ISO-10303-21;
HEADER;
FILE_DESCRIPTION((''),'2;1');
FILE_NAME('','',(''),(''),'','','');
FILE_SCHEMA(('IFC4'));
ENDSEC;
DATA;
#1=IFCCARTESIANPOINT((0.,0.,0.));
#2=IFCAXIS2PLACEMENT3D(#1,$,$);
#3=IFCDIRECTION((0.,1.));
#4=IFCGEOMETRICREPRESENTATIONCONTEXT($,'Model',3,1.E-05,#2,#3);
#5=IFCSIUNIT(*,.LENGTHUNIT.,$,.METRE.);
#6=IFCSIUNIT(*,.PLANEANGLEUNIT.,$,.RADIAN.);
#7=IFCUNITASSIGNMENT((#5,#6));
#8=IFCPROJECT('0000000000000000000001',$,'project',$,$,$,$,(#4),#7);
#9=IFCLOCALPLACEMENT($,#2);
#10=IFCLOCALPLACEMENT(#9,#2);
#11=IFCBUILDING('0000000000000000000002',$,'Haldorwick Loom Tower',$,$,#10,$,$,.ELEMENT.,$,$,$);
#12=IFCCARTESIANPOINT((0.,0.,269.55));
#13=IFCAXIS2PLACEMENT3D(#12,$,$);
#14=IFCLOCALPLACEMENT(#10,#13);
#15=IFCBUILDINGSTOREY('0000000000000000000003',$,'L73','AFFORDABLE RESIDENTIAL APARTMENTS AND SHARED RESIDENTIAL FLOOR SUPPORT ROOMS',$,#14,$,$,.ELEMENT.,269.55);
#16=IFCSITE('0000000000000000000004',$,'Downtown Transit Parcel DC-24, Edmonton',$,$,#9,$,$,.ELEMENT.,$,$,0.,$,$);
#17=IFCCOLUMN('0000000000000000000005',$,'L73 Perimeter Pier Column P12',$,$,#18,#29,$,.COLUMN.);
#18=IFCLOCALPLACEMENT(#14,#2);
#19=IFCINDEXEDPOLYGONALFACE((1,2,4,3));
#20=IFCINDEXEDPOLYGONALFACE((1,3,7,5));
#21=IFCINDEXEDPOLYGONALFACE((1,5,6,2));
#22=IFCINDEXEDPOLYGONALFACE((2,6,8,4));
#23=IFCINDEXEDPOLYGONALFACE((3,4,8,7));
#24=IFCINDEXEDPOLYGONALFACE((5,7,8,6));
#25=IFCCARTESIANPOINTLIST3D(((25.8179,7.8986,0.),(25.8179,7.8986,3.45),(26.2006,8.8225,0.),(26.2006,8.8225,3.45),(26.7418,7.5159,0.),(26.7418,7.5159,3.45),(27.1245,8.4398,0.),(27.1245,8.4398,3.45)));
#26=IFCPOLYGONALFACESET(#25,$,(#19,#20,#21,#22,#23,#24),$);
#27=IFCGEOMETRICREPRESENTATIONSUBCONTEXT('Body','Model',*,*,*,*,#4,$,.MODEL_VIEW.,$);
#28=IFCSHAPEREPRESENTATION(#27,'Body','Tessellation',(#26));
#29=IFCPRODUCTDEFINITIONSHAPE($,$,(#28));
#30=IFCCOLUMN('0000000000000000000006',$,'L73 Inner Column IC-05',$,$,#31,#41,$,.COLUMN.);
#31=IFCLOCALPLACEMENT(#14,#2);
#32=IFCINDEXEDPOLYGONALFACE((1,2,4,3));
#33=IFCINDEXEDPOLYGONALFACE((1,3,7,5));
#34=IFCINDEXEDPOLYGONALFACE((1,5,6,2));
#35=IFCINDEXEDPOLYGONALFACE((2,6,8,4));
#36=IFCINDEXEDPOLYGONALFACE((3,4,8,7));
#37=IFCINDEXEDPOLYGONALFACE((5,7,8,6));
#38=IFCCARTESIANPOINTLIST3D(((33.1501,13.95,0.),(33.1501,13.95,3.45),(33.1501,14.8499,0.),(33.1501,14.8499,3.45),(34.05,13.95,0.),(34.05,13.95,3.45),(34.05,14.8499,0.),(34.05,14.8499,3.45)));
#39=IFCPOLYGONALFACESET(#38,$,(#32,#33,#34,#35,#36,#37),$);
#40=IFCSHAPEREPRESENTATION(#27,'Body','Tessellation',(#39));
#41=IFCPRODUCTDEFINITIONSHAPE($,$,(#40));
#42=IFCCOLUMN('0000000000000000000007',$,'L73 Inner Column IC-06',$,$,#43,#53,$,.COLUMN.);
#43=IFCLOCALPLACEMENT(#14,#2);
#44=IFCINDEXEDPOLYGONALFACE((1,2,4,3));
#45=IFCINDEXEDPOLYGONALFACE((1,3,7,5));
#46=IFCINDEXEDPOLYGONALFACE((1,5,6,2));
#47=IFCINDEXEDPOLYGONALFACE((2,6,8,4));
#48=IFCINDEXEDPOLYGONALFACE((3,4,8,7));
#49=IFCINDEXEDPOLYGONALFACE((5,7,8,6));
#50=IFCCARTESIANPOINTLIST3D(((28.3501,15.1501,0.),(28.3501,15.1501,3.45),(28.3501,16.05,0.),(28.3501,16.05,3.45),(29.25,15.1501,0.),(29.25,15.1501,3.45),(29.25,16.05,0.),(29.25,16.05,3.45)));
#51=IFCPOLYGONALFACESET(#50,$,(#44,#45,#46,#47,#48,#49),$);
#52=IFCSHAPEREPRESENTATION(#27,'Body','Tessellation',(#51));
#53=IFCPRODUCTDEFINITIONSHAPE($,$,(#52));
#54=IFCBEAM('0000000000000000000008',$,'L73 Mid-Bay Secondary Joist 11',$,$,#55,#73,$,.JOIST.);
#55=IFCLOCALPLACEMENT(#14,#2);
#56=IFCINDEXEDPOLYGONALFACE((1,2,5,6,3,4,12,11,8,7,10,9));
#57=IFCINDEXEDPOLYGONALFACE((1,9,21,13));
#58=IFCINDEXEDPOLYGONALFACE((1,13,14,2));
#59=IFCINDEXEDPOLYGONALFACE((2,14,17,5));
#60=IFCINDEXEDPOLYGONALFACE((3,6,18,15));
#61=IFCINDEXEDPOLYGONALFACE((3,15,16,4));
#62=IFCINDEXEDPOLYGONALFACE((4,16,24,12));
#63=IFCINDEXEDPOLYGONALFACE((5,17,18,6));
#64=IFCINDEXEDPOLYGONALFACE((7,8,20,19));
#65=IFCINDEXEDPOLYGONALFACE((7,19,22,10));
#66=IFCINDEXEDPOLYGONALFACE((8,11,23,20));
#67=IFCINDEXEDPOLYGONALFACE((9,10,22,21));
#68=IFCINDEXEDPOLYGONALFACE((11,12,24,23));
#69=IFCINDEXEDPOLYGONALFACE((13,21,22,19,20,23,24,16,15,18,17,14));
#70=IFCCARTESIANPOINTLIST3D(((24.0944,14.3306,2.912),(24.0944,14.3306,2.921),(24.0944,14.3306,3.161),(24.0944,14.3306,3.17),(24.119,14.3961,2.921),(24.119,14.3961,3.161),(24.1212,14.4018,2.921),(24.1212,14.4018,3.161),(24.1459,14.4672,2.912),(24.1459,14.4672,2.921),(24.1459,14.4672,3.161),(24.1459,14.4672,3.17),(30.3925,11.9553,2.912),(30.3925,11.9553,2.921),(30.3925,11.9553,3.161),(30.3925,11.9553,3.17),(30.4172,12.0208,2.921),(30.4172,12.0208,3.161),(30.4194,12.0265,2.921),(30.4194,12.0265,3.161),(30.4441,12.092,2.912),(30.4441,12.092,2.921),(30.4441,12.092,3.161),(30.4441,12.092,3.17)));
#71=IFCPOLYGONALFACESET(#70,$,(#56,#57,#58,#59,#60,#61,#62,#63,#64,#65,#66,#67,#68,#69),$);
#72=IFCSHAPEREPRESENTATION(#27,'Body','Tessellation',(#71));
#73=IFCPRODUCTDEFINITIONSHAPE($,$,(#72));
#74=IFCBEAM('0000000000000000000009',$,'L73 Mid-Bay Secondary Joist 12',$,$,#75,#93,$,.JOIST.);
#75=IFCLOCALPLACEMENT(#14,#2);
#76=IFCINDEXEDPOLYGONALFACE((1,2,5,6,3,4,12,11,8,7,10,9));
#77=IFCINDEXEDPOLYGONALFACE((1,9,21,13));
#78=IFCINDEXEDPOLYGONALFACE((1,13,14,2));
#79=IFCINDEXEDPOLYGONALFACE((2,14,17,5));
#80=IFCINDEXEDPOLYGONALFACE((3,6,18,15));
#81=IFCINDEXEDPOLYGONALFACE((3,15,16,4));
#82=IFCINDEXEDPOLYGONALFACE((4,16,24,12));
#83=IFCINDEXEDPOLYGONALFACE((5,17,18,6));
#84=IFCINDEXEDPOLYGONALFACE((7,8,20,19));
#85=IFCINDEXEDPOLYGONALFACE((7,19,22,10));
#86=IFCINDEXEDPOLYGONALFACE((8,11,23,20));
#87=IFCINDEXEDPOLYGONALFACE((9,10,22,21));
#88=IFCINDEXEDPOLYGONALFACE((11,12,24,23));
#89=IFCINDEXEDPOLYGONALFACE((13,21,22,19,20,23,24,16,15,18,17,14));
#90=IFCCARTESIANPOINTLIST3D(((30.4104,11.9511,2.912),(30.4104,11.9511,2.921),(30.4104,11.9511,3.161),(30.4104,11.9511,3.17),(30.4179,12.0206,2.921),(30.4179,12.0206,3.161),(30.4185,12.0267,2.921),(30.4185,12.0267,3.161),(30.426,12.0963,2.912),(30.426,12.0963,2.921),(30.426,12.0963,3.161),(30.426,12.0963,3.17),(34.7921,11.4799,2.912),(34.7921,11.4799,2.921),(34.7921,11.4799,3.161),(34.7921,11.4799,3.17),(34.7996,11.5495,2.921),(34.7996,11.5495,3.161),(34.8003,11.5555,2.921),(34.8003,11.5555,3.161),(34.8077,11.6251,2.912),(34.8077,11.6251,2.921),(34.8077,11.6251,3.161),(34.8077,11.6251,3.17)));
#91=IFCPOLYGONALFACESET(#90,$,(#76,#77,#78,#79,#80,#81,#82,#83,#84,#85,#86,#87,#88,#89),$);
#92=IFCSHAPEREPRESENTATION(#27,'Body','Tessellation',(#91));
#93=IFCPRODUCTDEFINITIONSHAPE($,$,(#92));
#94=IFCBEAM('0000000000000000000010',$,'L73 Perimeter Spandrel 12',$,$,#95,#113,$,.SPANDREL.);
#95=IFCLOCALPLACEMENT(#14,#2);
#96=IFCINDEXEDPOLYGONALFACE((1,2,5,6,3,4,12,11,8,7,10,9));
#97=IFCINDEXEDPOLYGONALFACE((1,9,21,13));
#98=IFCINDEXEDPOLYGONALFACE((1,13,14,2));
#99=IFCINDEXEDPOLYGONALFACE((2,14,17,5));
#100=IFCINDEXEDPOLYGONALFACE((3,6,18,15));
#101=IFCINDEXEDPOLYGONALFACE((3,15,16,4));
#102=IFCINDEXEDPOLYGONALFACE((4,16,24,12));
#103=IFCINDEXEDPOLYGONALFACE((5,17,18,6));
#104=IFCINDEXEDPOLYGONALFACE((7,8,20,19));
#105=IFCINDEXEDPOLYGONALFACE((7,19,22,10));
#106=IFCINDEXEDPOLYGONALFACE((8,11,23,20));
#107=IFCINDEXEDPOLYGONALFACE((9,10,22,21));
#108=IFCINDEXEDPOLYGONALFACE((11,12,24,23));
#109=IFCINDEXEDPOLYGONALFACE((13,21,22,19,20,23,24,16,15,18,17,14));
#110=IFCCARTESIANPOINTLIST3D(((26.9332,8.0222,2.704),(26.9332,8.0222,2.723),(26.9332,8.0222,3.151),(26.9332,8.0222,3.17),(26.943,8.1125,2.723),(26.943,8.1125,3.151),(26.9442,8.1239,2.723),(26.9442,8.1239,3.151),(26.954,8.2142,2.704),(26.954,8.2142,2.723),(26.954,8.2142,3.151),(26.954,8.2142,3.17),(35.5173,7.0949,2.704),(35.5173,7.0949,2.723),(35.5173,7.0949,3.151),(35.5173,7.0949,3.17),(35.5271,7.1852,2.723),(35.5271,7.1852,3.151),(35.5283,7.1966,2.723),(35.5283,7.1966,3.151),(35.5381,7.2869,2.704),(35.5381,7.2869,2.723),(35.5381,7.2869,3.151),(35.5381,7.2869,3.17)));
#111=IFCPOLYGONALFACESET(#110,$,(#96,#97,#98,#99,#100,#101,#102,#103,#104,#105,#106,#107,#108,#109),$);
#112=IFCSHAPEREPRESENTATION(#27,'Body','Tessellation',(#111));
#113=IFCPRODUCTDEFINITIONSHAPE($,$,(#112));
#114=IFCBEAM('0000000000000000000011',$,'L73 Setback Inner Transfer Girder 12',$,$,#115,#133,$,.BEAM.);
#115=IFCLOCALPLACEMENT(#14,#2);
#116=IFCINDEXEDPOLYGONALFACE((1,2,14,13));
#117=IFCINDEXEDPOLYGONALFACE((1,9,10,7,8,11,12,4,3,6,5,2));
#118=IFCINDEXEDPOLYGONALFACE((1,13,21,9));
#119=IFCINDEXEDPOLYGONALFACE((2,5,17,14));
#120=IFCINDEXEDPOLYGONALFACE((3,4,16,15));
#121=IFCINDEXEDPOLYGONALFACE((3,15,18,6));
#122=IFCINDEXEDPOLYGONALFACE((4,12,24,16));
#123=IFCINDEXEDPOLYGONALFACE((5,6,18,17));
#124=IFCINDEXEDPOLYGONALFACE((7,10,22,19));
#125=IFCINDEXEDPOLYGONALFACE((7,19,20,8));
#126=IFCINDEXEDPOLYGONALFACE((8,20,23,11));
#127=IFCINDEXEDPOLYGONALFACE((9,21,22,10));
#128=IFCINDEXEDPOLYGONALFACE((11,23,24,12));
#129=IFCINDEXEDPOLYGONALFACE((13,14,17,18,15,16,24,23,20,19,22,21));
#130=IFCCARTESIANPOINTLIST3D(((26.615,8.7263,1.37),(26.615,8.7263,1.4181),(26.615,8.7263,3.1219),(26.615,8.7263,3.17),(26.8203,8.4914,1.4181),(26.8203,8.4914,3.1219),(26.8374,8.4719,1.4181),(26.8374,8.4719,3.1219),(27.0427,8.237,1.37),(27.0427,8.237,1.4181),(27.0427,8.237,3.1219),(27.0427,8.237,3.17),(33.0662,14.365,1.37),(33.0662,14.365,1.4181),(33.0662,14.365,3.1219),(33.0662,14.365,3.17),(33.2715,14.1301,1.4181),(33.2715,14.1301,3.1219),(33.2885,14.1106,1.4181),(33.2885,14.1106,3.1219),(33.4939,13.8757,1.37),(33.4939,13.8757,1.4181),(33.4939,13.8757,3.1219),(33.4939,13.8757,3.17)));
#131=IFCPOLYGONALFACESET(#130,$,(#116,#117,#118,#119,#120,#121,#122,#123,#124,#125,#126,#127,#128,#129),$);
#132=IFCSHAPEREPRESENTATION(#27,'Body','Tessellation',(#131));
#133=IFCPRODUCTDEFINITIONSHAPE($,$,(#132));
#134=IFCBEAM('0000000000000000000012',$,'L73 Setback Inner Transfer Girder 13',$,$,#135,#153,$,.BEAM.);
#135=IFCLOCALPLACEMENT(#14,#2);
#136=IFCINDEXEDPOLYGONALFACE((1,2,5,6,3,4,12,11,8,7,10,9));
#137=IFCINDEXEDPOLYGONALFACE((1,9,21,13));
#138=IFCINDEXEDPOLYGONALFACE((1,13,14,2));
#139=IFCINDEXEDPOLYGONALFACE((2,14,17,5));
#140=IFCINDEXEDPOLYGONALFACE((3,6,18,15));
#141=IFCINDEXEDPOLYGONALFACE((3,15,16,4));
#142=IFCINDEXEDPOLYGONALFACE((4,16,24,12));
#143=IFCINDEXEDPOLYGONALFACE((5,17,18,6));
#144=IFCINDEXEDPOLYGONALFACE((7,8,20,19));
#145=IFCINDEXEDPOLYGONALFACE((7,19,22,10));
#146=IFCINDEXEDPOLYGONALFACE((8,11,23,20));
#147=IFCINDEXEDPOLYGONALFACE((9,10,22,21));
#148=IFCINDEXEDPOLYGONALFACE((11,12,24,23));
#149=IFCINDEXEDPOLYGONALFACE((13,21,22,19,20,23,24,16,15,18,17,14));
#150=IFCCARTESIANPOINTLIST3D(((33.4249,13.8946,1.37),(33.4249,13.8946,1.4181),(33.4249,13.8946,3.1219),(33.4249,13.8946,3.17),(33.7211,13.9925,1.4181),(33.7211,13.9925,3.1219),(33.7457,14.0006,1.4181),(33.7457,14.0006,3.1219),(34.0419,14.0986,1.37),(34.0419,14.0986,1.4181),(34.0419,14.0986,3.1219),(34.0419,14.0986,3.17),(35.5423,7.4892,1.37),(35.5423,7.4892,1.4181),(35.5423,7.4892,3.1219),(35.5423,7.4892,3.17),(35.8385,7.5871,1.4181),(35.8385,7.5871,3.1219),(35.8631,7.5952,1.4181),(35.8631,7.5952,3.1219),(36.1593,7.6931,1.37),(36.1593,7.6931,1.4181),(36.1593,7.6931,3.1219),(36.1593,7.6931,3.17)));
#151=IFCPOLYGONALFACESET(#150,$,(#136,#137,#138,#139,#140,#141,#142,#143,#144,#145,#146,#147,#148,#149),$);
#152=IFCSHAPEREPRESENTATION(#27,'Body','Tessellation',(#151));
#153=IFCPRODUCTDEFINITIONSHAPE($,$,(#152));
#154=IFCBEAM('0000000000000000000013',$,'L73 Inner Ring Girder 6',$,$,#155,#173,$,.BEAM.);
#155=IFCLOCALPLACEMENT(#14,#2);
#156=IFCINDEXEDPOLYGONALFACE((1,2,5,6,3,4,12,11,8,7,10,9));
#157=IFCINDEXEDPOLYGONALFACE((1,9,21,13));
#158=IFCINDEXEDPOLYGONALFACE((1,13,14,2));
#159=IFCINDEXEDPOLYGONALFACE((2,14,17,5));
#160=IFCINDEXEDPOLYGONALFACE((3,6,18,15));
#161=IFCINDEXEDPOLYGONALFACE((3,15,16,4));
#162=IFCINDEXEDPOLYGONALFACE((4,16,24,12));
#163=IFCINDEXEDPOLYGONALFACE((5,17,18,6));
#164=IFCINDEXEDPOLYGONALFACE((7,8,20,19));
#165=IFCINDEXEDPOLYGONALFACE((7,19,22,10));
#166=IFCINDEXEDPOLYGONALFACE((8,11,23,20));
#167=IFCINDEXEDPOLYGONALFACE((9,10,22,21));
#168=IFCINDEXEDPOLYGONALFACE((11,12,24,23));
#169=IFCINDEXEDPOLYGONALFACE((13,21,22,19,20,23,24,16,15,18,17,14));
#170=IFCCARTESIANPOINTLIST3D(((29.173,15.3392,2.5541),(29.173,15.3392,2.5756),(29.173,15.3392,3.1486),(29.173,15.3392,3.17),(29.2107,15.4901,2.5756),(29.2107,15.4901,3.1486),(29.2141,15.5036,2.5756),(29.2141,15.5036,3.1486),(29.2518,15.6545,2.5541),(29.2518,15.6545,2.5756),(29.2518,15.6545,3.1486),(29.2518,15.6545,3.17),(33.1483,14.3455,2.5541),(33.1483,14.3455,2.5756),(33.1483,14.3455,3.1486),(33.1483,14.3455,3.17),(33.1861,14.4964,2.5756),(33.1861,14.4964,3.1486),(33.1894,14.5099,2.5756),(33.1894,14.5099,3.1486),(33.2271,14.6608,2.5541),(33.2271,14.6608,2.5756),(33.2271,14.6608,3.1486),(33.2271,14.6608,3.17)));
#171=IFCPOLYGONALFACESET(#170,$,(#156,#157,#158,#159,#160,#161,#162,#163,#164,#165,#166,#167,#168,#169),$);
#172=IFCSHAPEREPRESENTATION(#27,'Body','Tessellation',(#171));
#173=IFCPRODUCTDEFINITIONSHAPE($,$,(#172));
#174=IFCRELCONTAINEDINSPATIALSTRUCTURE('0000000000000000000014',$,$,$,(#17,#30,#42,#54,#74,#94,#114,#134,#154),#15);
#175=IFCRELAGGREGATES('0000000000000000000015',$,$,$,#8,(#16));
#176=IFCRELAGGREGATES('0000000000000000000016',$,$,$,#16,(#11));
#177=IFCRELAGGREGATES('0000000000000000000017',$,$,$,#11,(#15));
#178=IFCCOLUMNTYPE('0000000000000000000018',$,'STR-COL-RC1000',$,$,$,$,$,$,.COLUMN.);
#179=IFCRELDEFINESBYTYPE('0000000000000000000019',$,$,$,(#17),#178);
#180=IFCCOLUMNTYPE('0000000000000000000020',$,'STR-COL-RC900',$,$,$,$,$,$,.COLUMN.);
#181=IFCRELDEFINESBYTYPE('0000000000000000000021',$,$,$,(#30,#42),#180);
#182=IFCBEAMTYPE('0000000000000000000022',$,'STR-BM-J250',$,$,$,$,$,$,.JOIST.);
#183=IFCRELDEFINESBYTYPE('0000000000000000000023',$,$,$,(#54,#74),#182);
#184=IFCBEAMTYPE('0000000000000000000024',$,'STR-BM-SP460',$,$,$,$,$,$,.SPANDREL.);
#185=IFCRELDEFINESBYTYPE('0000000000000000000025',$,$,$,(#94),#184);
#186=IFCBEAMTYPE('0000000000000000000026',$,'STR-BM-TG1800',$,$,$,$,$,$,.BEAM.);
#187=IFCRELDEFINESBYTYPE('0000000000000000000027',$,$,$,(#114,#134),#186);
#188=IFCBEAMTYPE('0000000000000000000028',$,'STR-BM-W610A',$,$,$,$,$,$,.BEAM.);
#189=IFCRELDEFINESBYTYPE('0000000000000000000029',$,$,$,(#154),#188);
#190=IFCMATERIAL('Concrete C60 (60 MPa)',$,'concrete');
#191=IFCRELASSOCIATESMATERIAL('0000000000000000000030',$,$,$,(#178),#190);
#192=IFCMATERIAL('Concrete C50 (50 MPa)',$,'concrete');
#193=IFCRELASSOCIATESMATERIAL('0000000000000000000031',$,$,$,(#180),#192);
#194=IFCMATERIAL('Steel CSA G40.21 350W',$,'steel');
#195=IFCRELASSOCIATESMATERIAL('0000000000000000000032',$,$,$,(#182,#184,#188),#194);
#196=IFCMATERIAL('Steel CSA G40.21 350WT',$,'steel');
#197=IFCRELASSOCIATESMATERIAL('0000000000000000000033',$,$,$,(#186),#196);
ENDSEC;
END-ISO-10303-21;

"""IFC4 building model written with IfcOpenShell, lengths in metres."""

from ifc_helpers import new_model, si_unit, direction, frame, origin, origin_2d, place, context, subcontext, project, spatial, rectangle, i_section, extrude, material, material_profile, profile_set, type_object, element, save


model = new_model("IFC4")

# Units and contexts
model_context = context("Model", 3, precision=1e-05, world=origin(), true_north=direction((0.0, 1.0)))
body_context = subcontext(model_context, "Body", "Model", "MODEL_VIEW")
ifc_project = project(units=[si_unit("LENGTHUNIT", "METRE"), si_unit("PLANEANGLEUNIT", "RADIAN")], contexts=[model_context])

# Site, building, storey
site_placement = place(None, origin())
site = spatial("IfcSite", under=ifc_project, at=site_placement, Name="Downtown Transit Parcel DC-24, Edmonton", CompositionType="ELEMENT", RefElevation=0.0)
building_placement = place(site_placement, origin())
building = spatial("IfcBuilding", under=site, at=building_placement, Name="Haldorwick Loom Tower", CompositionType="ELEMENT")
storey_placement = place(building_placement, frame((0.0, 0.0, 269.55)))
storey = spatial("IfcBuildingStorey", under=building, at=storey_placement, Name="L73", Description="AFFORDABLE RESIDENTIAL APARTMENTS AND SHARED RESIDENTIAL FLOOR SUPPORT ROOMS", CompositionType="ELEMENT", Elevation=269.55)

# Columns
ifc_material_1 = material(Name="Concrete C60 (60 MPa)", Category="concrete")
ifc_material_profile_1 = material_profile(ifc_material_1, rectangle(XDim=1.0, YDim=1.0, at=origin_2d()), Name="RC1000X1000", Category="concrete")
ifc_profile_set_1 = profile_set([ifc_material_profile_1], Name="Concrete C60 (60 MPa)")
column_type_1 = type_object("IfcColumnType", Name="STR-COL-RC1000", PredefinedType="COLUMN", material=ifc_profile_set_1)
column_placement = place(storey_placement, frame((26.4712, 8.1692, 0.0), z_axis=(0.0, 0.0, 1.0), x_axis=(-0.382683, -0.92388, 0.0)))
element("IfcColumn", 1, at=column_placement, inside=storey, type_object=column_type_1, Name="L73 Perimeter Pier Column P12", PredefinedType="COLUMN", context=body_context, shape_type="SweptSolid", body=[
    extrude(rectangle(XDim=1.0, YDim=1.0, at=origin_2d()), origin(), (0.0, 0.0, 1.0), 3.45),
])
ifc_material_2 = material(Name="Concrete C50 (50 MPa)", Category="concrete")
ifc_material_profile_2 = material_profile(ifc_material_2, rectangle(XDim=0.8999, YDim=0.8999, at=origin_2d()), Name="RC900X900", Category="concrete")
ifc_profile_set_2 = profile_set([ifc_material_profile_2], Name="Concrete C50 (50 MPa)")
column_type_2 = type_object("IfcColumnType", Name="STR-COL-RC900", PredefinedType="COLUMN", material=ifc_profile_set_2)
for number, where, z_axis, x_axis, name in (
    (2, (33.6001, 14.3999, 0.0), (0.0, 0.0, 1.0), (1.0, 0.0, 0.0), "L73 Inner Column IC-05"),
    (3, (28.8, 15.6001, 0.0), (0.0, 0.0, 1.0), (1.0, 0.0, 0.0), "L73 Inner Column IC-06"),
):
    element("IfcColumn", number, at=place(storey_placement, frame(where, z_axis=z_axis, x_axis=x_axis)), inside=storey, type_object=column_type_2, Name=name, PredefinedType="COLUMN", context=body_context, shape_type="SweptSolid", body=[
        extrude(rectangle(XDim=0.8999, YDim=0.8999, at=origin_2d()), origin(), (0.0, 0.0, 1.0), 3.45),
    ])

# Beams
ifc_material_3 = material(Name="Steel CSA G40.21 350W", Category="steel")
ifc_material_profile_3 = material_profile(ifc_material_3, i_section(OverallWidth=0.146, OverallDepth=0.2581, WebThickness=0.0061, FlangeThickness=0.009, at=origin_2d()), Name="W250X33", Category="steel")
ifc_profile_set_3 = profile_set([ifc_material_profile_3], Name="Steel CSA G40.21 350W")
beam_type_1 = type_object("IfcBeamType", Name="STR-BM-J250", PredefinedType="JOIST", material=ifc_profile_set_3)
beam_1_placement = place(storey_placement, frame((24.1201, 14.3989, 3.041), z_axis=(0.93567, -0.352876, 0.0), x_axis=(0.352876, 0.93567, 0.0)))
element("IfcBeam", 4, at=beam_1_placement, inside=storey, type_object=beam_type_1, Name="L73 Mid-Bay Secondary Joist 11", PredefinedType="JOIST", context=body_context, shape_type="SweptSolid", body=[
    extrude(i_section(OverallWidth=0.146, OverallDepth=0.2581, WebThickness=0.0061, FlangeThickness=0.009, at=origin_2d()), origin(), (0.0, 0.0, 1.0), 6.7312),
])
beam_2_placement = place(storey_placement, frame((30.4182, 12.0237, 3.041), z_axis=(0.994268, -0.106916, 0.0), x_axis=(0.106916, 0.994268, 0.0)))
element("IfcBeam", 5, at=beam_2_placement, inside=storey, type_object=beam_type_1, Name="L73 Mid-Bay Secondary Joist 12", PredefinedType="JOIST", context=body_context, shape_type="SweptSolid", body=[
    extrude(i_section(OverallWidth=0.146, OverallDepth=0.2581, WebThickness=0.0061, FlangeThickness=0.009, at=origin_2d()), origin(), (0.0, 0.0, 1.0), 4.407),
])
ifc_material_profile_4 = material_profile(ifc_material_3, i_section(OverallWidth=0.1931, OverallDepth=0.4661, WebThickness=0.0115, FlangeThickness=0.019, at=origin_2d()), Name="W460X97", Category="steel")
ifc_profile_set_4 = profile_set([ifc_material_profile_4], Name="Steel CSA G40.21 350W")
beam_type_2 = type_object("IfcBeamType", Name="STR-BM-SP460", PredefinedType="SPANDREL", material=ifc_profile_set_4)
beam_3_placement = place(storey_placement, frame((26.9436, 8.1182, 2.937), z_axis=(0.994216, -0.107396, 0.0), x_axis=(0.107396, 0.994216, 0.0)))
element("IfcBeam", 6, at=beam_3_placement, inside=storey, type_object=beam_type_2, Name="L73 Perimeter Spandrel 12", PredefinedType="SPANDREL", context=body_context, shape_type="SweptSolid", body=[
    extrude(i_section(OverallWidth=0.1931, OverallDepth=0.4661, WebThickness=0.0115, FlangeThickness=0.019, at=origin_2d()), origin(), (0.0, 0.0, 1.0), 8.634),
])
ifc_material_4 = material(Name="Steel CSA G40.21 350WT", Category="steel")
ifc_material_profile_5 = material_profile(ifc_material_4, i_section(OverallWidth=0.6499, OverallDepth=1.8, WebThickness=0.0259, FlangeThickness=0.0481, at=origin_2d()), Name="WWF1800X650", Category="steel")
ifc_profile_set_5 = profile_set([ifc_material_profile_5], Name="Steel CSA G40.21 350WT")
beam_type_3 = type_object("IfcBeamType", Name="STR-BM-TG1800", PredefinedType="BEAM", material=ifc_profile_set_5)
beam_4_placement = place(storey_placement, frame((33.28, 14.1204, 2.27), z_axis=(-0.75293, -0.658101, 0.0), x_axis=(0.658101, -0.75293, 0.0)))
element("IfcBeam", 7, at=beam_4_placement, inside=storey, type_object=beam_type_3, Name="L73 Setback Inner Transfer Girder 12", PredefinedType="BEAM", context=body_context, shape_type="SweptSolid", body=[
    extrude(i_section(OverallWidth=0.6499, OverallDepth=1.8, WebThickness=0.0259, FlangeThickness=0.0481, at=origin_2d()), origin(), (0.0, 0.0, 1.0), 8.5681),
])
beam_5_placement = place(storey_placement, frame((33.7334, 13.9966, 2.27), z_axis=(0.31386, -0.949469, 0.0), x_axis=(0.949469, 0.31386, 0.0)))
element("IfcBeam", 8, at=beam_5_placement, inside=storey, type_object=beam_type_3, Name="L73 Setback Inner Transfer Girder 13", PredefinedType="BEAM", context=body_context, shape_type="SweptSolid", body=[
    extrude(i_section(OverallWidth=0.6499, OverallDepth=1.8, WebThickness=0.0259, FlangeThickness=0.0481, at=origin_2d()), origin(), (0.0, 0.0, 1.0), 6.7463),
])
ifc_material_profile_6 = material_profile(ifc_material_3, i_section(OverallWidth=0.325, OverallDepth=0.616, WebThickness=0.0139, FlangeThickness=0.0215, at=origin_2d()), Name="W610X174", Category="steel")
ifc_profile_set_6 = profile_set([ifc_material_profile_6], Name="Steel CSA G40.21 350W")
beam_type_4 = type_object("IfcBeamType", Name="STR-BM-W610A", PredefinedType="BEAM", material=ifc_profile_set_6)
beam_6_placement = place(storey_placement, frame((33.1877, 14.5032, 2.8621), z_axis=(-0.970153, 0.242494, 0.0), x_axis=(-0.242494, -0.970153, 0.0)))
element("IfcBeam", 9, at=beam_6_placement, inside=storey, type_object=beam_type_4, Name="L73 Inner Ring Girder 6", PredefinedType="BEAM", context=body_context, shape_type="SweptSolid", body=[
    extrude(i_section(OverallWidth=0.325, OverallDepth=0.616, WebThickness=0.0139, FlangeThickness=0.0215, at=origin_2d()), origin(), (0.0, 0.0, 1.0), 4.0977),
])

save(model, "model.ifc")
